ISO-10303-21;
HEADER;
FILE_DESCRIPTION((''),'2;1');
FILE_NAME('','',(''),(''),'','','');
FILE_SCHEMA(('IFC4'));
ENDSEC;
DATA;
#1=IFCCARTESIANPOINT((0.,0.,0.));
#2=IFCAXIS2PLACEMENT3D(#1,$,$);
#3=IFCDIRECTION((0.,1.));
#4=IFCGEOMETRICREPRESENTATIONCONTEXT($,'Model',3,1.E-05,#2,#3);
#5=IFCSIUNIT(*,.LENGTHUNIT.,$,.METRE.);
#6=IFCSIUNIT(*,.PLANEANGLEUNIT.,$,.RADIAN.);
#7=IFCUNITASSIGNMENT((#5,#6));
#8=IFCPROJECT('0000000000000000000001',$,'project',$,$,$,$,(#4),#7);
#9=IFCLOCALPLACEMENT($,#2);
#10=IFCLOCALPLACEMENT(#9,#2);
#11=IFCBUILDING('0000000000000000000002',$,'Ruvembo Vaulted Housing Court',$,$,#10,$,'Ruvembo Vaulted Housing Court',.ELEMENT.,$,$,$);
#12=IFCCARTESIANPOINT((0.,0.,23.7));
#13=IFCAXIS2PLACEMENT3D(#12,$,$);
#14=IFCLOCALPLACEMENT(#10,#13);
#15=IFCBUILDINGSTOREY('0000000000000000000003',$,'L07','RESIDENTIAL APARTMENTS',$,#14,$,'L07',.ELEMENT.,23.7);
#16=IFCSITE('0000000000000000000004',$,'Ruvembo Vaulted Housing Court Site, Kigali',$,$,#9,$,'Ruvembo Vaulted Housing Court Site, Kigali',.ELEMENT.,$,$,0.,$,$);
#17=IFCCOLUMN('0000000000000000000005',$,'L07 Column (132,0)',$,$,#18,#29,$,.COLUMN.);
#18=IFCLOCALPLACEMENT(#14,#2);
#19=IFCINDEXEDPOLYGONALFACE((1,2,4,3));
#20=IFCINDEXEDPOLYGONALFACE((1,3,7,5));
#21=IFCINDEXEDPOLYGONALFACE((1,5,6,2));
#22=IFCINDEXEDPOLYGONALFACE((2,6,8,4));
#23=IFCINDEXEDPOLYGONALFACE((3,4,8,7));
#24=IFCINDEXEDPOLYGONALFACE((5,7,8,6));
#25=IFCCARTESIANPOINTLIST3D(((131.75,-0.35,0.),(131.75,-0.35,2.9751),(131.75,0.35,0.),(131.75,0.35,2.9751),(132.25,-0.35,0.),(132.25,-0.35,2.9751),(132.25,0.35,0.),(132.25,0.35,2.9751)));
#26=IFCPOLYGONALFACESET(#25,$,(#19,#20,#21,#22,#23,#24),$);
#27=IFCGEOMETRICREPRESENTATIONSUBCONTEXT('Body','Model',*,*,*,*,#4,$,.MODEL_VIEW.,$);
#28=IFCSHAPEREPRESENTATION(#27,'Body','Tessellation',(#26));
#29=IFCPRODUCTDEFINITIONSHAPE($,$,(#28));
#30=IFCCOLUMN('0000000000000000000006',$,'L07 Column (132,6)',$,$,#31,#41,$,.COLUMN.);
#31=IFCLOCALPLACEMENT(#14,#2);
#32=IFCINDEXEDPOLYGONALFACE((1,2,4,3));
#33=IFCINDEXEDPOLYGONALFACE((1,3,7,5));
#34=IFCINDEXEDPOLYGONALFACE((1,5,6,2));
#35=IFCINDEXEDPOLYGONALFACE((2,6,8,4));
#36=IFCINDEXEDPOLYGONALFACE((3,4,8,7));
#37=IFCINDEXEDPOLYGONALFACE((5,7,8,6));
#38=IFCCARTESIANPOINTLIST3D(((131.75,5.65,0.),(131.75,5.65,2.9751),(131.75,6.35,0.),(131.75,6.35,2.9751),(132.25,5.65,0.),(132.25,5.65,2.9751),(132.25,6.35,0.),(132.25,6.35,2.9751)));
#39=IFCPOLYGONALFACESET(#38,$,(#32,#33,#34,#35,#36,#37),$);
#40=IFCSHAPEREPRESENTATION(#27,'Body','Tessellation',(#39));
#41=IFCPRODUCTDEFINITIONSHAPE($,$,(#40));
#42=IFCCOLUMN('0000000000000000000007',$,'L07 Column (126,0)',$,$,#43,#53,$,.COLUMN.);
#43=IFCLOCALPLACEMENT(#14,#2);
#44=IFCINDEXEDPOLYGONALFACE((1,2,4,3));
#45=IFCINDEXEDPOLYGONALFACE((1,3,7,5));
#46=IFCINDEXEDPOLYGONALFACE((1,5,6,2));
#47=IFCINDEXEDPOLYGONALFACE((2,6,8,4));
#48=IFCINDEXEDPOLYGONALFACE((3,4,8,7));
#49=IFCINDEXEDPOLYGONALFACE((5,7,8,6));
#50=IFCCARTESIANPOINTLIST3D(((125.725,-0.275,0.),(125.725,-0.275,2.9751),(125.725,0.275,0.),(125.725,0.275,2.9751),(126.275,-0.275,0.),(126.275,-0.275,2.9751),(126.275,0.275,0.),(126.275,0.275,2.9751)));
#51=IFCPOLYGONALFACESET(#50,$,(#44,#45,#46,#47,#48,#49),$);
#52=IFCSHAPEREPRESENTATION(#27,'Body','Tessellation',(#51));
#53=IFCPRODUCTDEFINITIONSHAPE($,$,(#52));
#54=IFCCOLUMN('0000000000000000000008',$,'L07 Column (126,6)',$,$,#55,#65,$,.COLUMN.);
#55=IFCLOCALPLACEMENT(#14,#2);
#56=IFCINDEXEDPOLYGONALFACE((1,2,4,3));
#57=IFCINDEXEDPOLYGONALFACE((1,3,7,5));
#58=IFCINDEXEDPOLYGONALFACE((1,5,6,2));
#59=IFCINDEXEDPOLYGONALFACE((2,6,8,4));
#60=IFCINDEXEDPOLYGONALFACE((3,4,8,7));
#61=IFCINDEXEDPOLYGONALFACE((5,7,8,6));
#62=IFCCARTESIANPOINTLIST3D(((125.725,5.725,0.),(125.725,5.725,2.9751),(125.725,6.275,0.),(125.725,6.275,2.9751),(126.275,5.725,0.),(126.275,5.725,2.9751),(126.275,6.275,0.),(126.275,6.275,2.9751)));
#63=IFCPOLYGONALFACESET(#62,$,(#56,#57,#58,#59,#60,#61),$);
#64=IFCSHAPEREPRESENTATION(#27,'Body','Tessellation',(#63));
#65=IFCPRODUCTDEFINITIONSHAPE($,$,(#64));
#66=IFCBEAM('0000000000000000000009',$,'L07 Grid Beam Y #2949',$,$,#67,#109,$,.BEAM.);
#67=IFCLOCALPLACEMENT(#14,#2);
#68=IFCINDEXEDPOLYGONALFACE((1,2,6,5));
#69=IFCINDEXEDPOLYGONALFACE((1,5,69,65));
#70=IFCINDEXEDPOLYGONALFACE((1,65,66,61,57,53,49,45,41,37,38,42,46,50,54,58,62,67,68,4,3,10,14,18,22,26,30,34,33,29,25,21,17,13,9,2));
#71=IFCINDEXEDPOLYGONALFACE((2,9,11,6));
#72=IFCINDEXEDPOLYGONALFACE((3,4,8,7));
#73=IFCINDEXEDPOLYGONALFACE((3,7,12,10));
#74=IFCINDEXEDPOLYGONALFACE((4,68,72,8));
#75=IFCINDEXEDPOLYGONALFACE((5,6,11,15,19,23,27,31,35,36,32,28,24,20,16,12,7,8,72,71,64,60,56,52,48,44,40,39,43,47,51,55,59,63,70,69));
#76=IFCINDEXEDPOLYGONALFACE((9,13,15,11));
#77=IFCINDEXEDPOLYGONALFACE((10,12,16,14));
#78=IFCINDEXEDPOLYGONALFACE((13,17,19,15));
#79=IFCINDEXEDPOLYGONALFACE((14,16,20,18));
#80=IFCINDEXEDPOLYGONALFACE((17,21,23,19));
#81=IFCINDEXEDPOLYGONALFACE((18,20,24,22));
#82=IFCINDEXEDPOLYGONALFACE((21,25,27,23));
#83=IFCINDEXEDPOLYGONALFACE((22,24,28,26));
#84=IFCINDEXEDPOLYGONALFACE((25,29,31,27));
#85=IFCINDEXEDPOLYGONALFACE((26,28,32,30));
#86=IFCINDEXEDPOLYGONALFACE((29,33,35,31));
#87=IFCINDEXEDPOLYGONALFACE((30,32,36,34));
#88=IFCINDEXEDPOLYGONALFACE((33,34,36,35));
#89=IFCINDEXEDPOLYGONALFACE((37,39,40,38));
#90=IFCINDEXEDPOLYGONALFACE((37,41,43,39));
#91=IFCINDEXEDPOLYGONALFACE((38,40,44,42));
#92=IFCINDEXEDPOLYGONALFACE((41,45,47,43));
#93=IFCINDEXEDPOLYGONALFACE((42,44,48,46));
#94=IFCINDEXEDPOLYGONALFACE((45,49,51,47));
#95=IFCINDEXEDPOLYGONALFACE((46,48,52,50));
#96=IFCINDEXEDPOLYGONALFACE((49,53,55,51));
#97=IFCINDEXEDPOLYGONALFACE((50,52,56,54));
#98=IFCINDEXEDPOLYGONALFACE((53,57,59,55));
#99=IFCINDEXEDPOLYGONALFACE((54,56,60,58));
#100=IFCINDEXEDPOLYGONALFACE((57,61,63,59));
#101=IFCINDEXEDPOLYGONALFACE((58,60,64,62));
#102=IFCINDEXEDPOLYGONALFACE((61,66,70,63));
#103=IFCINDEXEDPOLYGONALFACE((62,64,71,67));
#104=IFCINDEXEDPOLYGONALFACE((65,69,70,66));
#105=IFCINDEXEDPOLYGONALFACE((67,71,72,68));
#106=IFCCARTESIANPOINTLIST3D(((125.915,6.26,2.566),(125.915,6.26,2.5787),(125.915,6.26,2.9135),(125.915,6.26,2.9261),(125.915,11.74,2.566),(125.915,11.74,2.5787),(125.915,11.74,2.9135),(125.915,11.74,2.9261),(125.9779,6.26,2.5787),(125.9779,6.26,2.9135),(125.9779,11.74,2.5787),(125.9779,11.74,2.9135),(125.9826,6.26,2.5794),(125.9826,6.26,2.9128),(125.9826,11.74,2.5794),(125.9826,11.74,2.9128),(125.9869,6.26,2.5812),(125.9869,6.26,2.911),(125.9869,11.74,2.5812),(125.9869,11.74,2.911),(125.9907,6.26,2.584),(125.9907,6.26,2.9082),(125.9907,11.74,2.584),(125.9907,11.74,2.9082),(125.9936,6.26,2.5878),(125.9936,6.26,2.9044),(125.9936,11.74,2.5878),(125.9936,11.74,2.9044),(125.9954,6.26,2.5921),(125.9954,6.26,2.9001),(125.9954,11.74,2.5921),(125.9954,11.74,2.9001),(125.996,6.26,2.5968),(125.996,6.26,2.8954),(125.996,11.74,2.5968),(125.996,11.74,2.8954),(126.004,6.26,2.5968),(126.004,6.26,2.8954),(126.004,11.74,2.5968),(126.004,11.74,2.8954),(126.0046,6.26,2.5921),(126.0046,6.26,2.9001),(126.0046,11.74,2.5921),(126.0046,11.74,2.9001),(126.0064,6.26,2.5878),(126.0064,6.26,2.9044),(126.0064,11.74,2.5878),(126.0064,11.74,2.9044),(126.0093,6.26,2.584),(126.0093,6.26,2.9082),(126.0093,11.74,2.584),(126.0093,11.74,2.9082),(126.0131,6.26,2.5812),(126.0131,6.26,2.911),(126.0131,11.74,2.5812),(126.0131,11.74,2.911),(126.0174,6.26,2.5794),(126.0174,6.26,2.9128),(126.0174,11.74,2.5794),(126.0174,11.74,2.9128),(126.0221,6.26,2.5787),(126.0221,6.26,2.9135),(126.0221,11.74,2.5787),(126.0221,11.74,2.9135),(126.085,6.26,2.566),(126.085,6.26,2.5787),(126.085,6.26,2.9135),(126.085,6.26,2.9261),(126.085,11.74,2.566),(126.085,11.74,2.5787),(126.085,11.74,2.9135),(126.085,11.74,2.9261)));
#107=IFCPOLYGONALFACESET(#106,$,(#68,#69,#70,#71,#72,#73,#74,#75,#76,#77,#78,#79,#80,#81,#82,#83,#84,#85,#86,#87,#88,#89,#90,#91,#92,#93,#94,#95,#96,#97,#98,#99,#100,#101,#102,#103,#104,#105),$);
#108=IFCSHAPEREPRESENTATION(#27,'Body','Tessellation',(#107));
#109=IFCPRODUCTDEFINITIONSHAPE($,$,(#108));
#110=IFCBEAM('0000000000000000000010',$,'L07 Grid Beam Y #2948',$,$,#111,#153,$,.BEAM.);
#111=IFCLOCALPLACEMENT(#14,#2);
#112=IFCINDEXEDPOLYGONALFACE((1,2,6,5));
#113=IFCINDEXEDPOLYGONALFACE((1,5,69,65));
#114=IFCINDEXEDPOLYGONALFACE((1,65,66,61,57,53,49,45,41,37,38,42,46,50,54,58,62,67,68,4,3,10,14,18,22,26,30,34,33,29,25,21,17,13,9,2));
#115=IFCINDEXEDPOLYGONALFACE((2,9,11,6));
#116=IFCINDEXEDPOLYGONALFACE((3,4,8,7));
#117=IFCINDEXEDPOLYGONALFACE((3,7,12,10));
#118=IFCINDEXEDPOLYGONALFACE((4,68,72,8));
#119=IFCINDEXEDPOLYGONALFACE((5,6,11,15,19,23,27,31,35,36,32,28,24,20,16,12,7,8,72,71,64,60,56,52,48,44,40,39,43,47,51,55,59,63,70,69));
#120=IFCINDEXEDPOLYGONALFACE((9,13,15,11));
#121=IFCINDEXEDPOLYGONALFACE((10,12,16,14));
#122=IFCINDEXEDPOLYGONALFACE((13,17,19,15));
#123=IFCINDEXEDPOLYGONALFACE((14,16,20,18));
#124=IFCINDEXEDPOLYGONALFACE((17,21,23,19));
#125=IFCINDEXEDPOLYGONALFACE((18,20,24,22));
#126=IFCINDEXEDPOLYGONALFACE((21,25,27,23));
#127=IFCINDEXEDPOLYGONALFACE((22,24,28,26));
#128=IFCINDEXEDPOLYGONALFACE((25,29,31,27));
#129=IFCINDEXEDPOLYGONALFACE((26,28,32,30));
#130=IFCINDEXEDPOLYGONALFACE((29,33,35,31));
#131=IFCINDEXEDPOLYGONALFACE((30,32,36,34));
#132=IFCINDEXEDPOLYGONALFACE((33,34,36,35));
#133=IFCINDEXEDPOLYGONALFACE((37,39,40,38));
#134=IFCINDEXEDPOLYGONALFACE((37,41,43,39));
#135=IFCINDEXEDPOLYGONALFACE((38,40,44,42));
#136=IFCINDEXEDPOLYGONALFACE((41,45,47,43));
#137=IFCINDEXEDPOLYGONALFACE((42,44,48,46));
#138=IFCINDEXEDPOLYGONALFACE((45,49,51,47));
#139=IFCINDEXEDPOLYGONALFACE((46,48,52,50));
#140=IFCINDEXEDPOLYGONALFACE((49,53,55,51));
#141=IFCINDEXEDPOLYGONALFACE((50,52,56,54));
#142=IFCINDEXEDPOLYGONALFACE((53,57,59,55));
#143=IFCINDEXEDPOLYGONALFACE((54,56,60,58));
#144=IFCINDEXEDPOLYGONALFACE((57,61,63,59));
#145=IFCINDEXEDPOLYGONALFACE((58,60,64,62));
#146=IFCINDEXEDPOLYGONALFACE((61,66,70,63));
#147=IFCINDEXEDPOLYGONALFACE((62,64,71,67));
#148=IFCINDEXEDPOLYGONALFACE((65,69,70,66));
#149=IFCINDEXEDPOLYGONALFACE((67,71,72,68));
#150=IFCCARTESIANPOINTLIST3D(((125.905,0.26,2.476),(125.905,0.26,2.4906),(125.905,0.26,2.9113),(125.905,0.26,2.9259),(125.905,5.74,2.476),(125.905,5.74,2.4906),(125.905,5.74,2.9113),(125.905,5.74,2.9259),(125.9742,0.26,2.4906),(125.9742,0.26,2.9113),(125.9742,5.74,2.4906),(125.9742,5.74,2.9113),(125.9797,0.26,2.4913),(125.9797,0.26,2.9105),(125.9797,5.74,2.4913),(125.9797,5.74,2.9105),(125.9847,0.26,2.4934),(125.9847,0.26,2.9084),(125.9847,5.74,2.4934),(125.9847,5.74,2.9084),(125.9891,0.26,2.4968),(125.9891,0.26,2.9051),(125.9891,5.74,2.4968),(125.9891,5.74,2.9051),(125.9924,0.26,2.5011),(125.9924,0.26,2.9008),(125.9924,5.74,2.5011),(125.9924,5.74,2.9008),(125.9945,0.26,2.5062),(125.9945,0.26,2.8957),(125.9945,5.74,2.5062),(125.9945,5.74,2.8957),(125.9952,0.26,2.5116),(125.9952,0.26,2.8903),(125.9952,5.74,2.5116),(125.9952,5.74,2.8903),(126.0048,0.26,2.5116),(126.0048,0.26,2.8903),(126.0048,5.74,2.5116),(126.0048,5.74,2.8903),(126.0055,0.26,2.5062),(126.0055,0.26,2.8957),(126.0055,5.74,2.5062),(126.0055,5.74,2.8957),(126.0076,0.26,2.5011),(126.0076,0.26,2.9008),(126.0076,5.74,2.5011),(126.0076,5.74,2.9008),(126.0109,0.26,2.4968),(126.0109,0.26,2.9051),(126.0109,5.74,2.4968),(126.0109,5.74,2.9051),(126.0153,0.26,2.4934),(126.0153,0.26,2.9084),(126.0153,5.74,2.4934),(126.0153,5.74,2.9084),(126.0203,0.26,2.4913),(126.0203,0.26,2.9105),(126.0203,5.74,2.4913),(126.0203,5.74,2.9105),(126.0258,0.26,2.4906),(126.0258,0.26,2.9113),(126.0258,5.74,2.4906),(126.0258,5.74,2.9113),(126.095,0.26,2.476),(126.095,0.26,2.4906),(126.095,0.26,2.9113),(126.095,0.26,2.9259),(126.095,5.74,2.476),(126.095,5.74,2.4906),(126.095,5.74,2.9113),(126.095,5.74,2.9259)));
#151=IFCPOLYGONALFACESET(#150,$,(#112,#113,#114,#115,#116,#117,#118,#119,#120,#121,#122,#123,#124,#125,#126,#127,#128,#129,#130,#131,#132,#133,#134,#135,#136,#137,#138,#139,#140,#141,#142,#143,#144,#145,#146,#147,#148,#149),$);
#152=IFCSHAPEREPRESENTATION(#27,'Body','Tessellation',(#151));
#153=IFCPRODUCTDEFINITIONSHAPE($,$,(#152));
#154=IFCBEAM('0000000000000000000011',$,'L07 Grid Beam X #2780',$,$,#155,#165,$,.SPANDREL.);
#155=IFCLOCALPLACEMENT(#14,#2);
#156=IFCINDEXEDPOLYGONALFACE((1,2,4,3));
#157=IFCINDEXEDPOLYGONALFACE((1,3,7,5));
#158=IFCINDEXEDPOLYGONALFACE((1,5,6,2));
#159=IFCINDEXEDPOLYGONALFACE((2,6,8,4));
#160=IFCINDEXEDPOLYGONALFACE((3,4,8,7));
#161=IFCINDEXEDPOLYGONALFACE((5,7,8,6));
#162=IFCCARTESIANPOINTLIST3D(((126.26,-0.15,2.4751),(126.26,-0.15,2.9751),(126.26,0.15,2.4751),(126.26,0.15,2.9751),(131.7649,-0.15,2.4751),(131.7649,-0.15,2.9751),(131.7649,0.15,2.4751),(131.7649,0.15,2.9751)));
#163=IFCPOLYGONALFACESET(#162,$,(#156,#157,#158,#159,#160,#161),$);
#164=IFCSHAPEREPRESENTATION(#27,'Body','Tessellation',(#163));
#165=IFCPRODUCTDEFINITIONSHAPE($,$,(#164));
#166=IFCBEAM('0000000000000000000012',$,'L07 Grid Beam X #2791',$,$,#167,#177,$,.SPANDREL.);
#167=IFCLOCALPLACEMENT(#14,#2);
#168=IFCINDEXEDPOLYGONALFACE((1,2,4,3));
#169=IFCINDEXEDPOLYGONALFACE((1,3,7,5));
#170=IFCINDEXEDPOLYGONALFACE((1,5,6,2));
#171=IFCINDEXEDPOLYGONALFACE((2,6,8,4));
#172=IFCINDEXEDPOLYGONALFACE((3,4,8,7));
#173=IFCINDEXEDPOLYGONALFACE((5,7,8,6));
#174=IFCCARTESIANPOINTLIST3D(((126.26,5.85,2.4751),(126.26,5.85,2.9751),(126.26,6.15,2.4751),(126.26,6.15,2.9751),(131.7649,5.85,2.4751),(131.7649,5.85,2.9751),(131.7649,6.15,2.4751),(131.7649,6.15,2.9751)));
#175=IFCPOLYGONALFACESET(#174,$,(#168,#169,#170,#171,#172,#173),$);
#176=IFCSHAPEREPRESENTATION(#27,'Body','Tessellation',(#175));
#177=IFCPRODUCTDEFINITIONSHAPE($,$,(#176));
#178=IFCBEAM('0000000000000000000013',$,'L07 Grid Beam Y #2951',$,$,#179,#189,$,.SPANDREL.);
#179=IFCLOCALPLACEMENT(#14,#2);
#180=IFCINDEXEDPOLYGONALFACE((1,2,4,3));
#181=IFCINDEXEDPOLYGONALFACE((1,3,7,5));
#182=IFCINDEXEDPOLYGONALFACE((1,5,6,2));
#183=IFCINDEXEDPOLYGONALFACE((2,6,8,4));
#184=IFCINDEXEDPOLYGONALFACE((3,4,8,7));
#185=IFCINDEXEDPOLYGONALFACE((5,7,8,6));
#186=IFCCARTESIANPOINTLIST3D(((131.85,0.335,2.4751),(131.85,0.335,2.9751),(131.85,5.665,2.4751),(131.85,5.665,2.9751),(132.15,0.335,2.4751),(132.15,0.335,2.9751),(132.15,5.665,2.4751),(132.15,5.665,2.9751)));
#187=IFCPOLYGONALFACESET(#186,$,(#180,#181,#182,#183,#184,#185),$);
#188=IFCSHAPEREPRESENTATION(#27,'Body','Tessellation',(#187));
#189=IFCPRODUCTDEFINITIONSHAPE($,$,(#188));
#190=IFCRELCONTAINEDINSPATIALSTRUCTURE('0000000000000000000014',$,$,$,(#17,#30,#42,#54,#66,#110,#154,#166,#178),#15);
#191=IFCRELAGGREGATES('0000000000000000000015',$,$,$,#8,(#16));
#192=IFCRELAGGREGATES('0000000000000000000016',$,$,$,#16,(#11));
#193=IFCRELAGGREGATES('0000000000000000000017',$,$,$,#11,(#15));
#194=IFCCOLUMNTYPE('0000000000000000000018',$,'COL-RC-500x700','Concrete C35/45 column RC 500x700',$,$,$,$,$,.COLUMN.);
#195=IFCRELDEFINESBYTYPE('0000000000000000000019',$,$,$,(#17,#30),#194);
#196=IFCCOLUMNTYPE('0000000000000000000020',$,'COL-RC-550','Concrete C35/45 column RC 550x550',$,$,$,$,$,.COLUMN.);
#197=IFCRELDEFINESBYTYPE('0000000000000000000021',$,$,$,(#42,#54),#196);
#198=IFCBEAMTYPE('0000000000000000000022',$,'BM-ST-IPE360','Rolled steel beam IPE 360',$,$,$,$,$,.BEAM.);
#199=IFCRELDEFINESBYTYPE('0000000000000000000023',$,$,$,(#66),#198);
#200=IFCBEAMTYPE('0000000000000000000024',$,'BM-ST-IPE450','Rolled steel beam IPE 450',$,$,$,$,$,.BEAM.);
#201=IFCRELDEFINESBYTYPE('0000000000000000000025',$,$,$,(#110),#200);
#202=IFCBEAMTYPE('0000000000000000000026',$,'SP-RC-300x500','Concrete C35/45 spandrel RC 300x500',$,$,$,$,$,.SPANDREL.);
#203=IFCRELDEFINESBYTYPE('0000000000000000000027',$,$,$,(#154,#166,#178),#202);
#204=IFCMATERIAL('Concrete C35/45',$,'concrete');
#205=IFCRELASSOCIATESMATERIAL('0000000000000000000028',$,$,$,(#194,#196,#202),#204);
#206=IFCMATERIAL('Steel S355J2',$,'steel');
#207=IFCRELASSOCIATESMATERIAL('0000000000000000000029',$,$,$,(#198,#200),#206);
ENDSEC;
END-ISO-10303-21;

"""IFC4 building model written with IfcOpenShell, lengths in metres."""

from ifc_helpers import new_model, si_unit, direction, frame, origin, origin_2d, place, context, subcontext, project, spatial, rectangle, i_section, extrude, material, material_profile, profile_set, type_object, element, save


model = new_model("IFC4")

# Units and contexts
model_context = context("Model", 3, precision=1e-05, world=origin(), true_north=direction((0.0, 1.0)))
body_context = subcontext(model_context, "Body", "Model", "MODEL_VIEW")
ifc_project = project(units=[si_unit("LENGTHUNIT", "METRE"), si_unit("PLANEANGLEUNIT", "RADIAN")], contexts=[model_context])

# Site, building, storey
site_placement = place(None, origin())
site = spatial("IfcSite", under=ifc_project, at=site_placement, Name="Ruvembo Vaulted Housing Court Site, Kigali", LongName="Ruvembo Vaulted Housing Court Site, Kigali", CompositionType="ELEMENT", RefElevation=0.0)
building_placement = place(site_placement, origin())
building = spatial("IfcBuilding", under=site, at=building_placement, Name="Ruvembo Vaulted Housing Court", LongName="Ruvembo Vaulted Housing Court", CompositionType="ELEMENT")
storey_placement = place(building_placement, frame((0.0, 0.0, 23.7)))
storey = spatial("IfcBuildingStorey", under=building, at=storey_placement, Name="L07", Description="RESIDENTIAL APARTMENTS", LongName="L07", CompositionType="ELEMENT", Elevation=23.7)

# Columns
ifc_material_1 = material(Name="Concrete C35/45", Category="concrete")
ifc_material_profile_1 = material_profile(ifc_material_1, rectangle(XDim=0.5, YDim=0.7, at=origin_2d()), Name="RC 500x700")
ifc_profile_set_1 = profile_set([ifc_material_profile_1], Name="Concrete C35/45")
column_type_1 = type_object("IfcColumnType", Name="COL-RC-500x700", Description="Concrete C35/45 column RC 500x700", PredefinedType="COLUMN", material=ifc_profile_set_1)
for number, where, z_axis, x_axis, name in (
    (1, (132.0, 0.0, 0.0), (0.0, 0.0, 1.0), (1.0, 0.0, 0.0), "L07 Column (132,0)"),
    (2, (132.0, 6.0, 0.0), (0.0, 0.0, 1.0), (1.0, 0.0, 0.0), "L07 Column (132,6)"),
):
    element("IfcColumn", number, at=place(storey_placement, frame(where, z_axis=z_axis, x_axis=x_axis)), inside=storey, type_object=column_type_1, Name=name, PredefinedType="COLUMN", context=body_context, shape_type="SweptSolid", body=[
        extrude(rectangle(XDim=0.5, YDim=0.7, at=origin_2d()), origin(), (0.0, 0.0, 1.0), 2.9751),
    ])
ifc_material_profile_2 = material_profile(ifc_material_1, rectangle(XDim=0.55, YDim=0.55, at=origin_2d()), Name="RC 550x550")
ifc_profile_set_2 = profile_set([ifc_material_profile_2], Name="Concrete C35/45")
column_type_2 = type_object("IfcColumnType", Name="COL-RC-550", Description="Concrete C35/45 column RC 550x550", PredefinedType="COLUMN", material=ifc_profile_set_2)
for number, where, z_axis, x_axis, name in (
    (3, (126.0, 0.0, 0.0), (0.0, 0.0, 1.0), (1.0, 0.0, 0.0), "L07 Column (126,0)"),
    (4, (126.0, 6.0, 0.0), (0.0, 0.0, 1.0), (1.0, 0.0, 0.0), "L07 Column (126,6)"),
):
    element("IfcColumn", number, at=place(storey_placement, frame(where, z_axis=z_axis, x_axis=x_axis)), inside=storey, type_object=column_type_2, Name=name, PredefinedType="COLUMN", context=body_context, shape_type="SweptSolid", body=[
        extrude(rectangle(XDim=0.55, YDim=0.55, at=origin_2d()), origin(), (0.0, 0.0, 1.0), 2.9751),
    ])

# Beams
ifc_material_2 = material(Name="Steel S355J2", Category="steel")
ifc_material_profile_3 = material_profile(ifc_material_2, i_section(OverallWidth=0.1699, OverallDepth=0.3601, WebThickness=0.0081, FlangeThickness=0.0127, FilletRadius=0.0181, at=origin_2d()), Name="IPE 360")
ifc_profile_set_3 = profile_set([ifc_material_profile_3], Name="Steel S355J2")
beam_type_1 = type_object("IfcBeamType", Name="BM-ST-IPE360", Description="Rolled steel beam IPE 360", PredefinedType="BEAM", material=ifc_profile_set_3)
beam_1_placement = place(storey_placement, frame((126.0, 6.26, 2.7461), z_axis=(0.0, 1.0, 0.0), x_axis=(-1.0, 0.0, 0.0)))
element("IfcBeam", 5, at=beam_1_placement, inside=storey, type_object=beam_type_1, Name="L07 Grid Beam Y #2949", PredefinedType="BEAM", context=body_context, shape_type="SweptSolid", body=[
    extrude(i_section(OverallWidth=0.1699, OverallDepth=0.3601, WebThickness=0.0081, FlangeThickness=0.0127, FilletRadius=0.0181, at=origin_2d()), origin(), (0.0, 0.0, 1.0), 5.48),
])
ifc_material_profile_4 = material_profile(ifc_material_2, i_section(OverallWidth=0.1899, OverallDepth=0.45, WebThickness=0.0095, FlangeThickness=0.0146, FilletRadius=0.021, at=origin_2d()), Name="IPE 450")
ifc_profile_set_4 = profile_set([ifc_material_profile_4], Name="Steel S355J2")
beam_type_2 = type_object("IfcBeamType", Name="BM-ST-IPE450", Description="Rolled steel beam IPE 450", PredefinedType="BEAM", material=ifc_profile_set_4)
beam_2_placement = place(storey_placement, frame((126.0, 0.26, 2.7009), z_axis=(0.0, 1.0, 0.0), x_axis=(-1.0, 0.0, 0.0)))
element("IfcBeam", 6, at=beam_2_placement, inside=storey, type_object=beam_type_2, Name="L07 Grid Beam Y #2948", PredefinedType="BEAM", context=body_context, shape_type="SweptSolid", body=[
    extrude(i_section(OverallWidth=0.1899, OverallDepth=0.45, WebThickness=0.0095, FlangeThickness=0.0146, FilletRadius=0.021, at=origin_2d()), origin(), (0.0, 0.0, 1.0), 5.48),
])
ifc_material_profile_5 = material_profile(ifc_material_1, rectangle(XDim=0.3, YDim=0.5, at=origin_2d()), Name="RC 300x500")
ifc_profile_set_5 = profile_set([ifc_material_profile_5], Name="Concrete C35/45")
beam_type_3 = type_object("IfcBeamType", Name="SP-RC-300x500", Description="Concrete C35/45 spandrel RC 300x500", PredefinedType="SPANDREL", material=ifc_profile_set_5)
for number, where, z_axis, x_axis, name in (
    (7, (126.26, 0.0, 2.7251), (1.0, 0.0, 0.0), (0.0, 1.0, 0.0), "L07 Grid Beam X #2780"),
    (8, (126.26, 6.0, 2.7251), (1.0, 0.0, 0.0), (0.0, 1.0, 0.0), "L07 Grid Beam X #2791"),
):
    element("IfcBeam", number, at=place(storey_placement, frame(where, z_axis=z_axis, x_axis=x_axis)), inside=storey, type_object=beam_type_3, Name=name, PredefinedType="SPANDREL", context=body_context, shape_type="SweptSolid", body=[
        extrude(rectangle(XDim=0.3, YDim=0.5, at=origin_2d()), origin(), (0.0, 0.0, 1.0), 5.5049),
    ])
beam_3_placement = place(storey_placement, frame((132.0, 0.335, 2.7251), z_axis=(0.0, 1.0, 0.0), x_axis=(-1.0, 0.0, 0.0)))
element("IfcBeam", 9, at=beam_3_placement, inside=storey, type_object=beam_type_3, Name="L07 Grid Beam Y #2951", PredefinedType="SPANDREL", context=body_context, shape_type="SweptSolid", body=[
    extrude(rectangle(XDim=0.3, YDim=0.5, at=origin_2d()), origin(), (0.0, 0.0, 1.0), 5.3301),
])

save(model, "model.ifc")
